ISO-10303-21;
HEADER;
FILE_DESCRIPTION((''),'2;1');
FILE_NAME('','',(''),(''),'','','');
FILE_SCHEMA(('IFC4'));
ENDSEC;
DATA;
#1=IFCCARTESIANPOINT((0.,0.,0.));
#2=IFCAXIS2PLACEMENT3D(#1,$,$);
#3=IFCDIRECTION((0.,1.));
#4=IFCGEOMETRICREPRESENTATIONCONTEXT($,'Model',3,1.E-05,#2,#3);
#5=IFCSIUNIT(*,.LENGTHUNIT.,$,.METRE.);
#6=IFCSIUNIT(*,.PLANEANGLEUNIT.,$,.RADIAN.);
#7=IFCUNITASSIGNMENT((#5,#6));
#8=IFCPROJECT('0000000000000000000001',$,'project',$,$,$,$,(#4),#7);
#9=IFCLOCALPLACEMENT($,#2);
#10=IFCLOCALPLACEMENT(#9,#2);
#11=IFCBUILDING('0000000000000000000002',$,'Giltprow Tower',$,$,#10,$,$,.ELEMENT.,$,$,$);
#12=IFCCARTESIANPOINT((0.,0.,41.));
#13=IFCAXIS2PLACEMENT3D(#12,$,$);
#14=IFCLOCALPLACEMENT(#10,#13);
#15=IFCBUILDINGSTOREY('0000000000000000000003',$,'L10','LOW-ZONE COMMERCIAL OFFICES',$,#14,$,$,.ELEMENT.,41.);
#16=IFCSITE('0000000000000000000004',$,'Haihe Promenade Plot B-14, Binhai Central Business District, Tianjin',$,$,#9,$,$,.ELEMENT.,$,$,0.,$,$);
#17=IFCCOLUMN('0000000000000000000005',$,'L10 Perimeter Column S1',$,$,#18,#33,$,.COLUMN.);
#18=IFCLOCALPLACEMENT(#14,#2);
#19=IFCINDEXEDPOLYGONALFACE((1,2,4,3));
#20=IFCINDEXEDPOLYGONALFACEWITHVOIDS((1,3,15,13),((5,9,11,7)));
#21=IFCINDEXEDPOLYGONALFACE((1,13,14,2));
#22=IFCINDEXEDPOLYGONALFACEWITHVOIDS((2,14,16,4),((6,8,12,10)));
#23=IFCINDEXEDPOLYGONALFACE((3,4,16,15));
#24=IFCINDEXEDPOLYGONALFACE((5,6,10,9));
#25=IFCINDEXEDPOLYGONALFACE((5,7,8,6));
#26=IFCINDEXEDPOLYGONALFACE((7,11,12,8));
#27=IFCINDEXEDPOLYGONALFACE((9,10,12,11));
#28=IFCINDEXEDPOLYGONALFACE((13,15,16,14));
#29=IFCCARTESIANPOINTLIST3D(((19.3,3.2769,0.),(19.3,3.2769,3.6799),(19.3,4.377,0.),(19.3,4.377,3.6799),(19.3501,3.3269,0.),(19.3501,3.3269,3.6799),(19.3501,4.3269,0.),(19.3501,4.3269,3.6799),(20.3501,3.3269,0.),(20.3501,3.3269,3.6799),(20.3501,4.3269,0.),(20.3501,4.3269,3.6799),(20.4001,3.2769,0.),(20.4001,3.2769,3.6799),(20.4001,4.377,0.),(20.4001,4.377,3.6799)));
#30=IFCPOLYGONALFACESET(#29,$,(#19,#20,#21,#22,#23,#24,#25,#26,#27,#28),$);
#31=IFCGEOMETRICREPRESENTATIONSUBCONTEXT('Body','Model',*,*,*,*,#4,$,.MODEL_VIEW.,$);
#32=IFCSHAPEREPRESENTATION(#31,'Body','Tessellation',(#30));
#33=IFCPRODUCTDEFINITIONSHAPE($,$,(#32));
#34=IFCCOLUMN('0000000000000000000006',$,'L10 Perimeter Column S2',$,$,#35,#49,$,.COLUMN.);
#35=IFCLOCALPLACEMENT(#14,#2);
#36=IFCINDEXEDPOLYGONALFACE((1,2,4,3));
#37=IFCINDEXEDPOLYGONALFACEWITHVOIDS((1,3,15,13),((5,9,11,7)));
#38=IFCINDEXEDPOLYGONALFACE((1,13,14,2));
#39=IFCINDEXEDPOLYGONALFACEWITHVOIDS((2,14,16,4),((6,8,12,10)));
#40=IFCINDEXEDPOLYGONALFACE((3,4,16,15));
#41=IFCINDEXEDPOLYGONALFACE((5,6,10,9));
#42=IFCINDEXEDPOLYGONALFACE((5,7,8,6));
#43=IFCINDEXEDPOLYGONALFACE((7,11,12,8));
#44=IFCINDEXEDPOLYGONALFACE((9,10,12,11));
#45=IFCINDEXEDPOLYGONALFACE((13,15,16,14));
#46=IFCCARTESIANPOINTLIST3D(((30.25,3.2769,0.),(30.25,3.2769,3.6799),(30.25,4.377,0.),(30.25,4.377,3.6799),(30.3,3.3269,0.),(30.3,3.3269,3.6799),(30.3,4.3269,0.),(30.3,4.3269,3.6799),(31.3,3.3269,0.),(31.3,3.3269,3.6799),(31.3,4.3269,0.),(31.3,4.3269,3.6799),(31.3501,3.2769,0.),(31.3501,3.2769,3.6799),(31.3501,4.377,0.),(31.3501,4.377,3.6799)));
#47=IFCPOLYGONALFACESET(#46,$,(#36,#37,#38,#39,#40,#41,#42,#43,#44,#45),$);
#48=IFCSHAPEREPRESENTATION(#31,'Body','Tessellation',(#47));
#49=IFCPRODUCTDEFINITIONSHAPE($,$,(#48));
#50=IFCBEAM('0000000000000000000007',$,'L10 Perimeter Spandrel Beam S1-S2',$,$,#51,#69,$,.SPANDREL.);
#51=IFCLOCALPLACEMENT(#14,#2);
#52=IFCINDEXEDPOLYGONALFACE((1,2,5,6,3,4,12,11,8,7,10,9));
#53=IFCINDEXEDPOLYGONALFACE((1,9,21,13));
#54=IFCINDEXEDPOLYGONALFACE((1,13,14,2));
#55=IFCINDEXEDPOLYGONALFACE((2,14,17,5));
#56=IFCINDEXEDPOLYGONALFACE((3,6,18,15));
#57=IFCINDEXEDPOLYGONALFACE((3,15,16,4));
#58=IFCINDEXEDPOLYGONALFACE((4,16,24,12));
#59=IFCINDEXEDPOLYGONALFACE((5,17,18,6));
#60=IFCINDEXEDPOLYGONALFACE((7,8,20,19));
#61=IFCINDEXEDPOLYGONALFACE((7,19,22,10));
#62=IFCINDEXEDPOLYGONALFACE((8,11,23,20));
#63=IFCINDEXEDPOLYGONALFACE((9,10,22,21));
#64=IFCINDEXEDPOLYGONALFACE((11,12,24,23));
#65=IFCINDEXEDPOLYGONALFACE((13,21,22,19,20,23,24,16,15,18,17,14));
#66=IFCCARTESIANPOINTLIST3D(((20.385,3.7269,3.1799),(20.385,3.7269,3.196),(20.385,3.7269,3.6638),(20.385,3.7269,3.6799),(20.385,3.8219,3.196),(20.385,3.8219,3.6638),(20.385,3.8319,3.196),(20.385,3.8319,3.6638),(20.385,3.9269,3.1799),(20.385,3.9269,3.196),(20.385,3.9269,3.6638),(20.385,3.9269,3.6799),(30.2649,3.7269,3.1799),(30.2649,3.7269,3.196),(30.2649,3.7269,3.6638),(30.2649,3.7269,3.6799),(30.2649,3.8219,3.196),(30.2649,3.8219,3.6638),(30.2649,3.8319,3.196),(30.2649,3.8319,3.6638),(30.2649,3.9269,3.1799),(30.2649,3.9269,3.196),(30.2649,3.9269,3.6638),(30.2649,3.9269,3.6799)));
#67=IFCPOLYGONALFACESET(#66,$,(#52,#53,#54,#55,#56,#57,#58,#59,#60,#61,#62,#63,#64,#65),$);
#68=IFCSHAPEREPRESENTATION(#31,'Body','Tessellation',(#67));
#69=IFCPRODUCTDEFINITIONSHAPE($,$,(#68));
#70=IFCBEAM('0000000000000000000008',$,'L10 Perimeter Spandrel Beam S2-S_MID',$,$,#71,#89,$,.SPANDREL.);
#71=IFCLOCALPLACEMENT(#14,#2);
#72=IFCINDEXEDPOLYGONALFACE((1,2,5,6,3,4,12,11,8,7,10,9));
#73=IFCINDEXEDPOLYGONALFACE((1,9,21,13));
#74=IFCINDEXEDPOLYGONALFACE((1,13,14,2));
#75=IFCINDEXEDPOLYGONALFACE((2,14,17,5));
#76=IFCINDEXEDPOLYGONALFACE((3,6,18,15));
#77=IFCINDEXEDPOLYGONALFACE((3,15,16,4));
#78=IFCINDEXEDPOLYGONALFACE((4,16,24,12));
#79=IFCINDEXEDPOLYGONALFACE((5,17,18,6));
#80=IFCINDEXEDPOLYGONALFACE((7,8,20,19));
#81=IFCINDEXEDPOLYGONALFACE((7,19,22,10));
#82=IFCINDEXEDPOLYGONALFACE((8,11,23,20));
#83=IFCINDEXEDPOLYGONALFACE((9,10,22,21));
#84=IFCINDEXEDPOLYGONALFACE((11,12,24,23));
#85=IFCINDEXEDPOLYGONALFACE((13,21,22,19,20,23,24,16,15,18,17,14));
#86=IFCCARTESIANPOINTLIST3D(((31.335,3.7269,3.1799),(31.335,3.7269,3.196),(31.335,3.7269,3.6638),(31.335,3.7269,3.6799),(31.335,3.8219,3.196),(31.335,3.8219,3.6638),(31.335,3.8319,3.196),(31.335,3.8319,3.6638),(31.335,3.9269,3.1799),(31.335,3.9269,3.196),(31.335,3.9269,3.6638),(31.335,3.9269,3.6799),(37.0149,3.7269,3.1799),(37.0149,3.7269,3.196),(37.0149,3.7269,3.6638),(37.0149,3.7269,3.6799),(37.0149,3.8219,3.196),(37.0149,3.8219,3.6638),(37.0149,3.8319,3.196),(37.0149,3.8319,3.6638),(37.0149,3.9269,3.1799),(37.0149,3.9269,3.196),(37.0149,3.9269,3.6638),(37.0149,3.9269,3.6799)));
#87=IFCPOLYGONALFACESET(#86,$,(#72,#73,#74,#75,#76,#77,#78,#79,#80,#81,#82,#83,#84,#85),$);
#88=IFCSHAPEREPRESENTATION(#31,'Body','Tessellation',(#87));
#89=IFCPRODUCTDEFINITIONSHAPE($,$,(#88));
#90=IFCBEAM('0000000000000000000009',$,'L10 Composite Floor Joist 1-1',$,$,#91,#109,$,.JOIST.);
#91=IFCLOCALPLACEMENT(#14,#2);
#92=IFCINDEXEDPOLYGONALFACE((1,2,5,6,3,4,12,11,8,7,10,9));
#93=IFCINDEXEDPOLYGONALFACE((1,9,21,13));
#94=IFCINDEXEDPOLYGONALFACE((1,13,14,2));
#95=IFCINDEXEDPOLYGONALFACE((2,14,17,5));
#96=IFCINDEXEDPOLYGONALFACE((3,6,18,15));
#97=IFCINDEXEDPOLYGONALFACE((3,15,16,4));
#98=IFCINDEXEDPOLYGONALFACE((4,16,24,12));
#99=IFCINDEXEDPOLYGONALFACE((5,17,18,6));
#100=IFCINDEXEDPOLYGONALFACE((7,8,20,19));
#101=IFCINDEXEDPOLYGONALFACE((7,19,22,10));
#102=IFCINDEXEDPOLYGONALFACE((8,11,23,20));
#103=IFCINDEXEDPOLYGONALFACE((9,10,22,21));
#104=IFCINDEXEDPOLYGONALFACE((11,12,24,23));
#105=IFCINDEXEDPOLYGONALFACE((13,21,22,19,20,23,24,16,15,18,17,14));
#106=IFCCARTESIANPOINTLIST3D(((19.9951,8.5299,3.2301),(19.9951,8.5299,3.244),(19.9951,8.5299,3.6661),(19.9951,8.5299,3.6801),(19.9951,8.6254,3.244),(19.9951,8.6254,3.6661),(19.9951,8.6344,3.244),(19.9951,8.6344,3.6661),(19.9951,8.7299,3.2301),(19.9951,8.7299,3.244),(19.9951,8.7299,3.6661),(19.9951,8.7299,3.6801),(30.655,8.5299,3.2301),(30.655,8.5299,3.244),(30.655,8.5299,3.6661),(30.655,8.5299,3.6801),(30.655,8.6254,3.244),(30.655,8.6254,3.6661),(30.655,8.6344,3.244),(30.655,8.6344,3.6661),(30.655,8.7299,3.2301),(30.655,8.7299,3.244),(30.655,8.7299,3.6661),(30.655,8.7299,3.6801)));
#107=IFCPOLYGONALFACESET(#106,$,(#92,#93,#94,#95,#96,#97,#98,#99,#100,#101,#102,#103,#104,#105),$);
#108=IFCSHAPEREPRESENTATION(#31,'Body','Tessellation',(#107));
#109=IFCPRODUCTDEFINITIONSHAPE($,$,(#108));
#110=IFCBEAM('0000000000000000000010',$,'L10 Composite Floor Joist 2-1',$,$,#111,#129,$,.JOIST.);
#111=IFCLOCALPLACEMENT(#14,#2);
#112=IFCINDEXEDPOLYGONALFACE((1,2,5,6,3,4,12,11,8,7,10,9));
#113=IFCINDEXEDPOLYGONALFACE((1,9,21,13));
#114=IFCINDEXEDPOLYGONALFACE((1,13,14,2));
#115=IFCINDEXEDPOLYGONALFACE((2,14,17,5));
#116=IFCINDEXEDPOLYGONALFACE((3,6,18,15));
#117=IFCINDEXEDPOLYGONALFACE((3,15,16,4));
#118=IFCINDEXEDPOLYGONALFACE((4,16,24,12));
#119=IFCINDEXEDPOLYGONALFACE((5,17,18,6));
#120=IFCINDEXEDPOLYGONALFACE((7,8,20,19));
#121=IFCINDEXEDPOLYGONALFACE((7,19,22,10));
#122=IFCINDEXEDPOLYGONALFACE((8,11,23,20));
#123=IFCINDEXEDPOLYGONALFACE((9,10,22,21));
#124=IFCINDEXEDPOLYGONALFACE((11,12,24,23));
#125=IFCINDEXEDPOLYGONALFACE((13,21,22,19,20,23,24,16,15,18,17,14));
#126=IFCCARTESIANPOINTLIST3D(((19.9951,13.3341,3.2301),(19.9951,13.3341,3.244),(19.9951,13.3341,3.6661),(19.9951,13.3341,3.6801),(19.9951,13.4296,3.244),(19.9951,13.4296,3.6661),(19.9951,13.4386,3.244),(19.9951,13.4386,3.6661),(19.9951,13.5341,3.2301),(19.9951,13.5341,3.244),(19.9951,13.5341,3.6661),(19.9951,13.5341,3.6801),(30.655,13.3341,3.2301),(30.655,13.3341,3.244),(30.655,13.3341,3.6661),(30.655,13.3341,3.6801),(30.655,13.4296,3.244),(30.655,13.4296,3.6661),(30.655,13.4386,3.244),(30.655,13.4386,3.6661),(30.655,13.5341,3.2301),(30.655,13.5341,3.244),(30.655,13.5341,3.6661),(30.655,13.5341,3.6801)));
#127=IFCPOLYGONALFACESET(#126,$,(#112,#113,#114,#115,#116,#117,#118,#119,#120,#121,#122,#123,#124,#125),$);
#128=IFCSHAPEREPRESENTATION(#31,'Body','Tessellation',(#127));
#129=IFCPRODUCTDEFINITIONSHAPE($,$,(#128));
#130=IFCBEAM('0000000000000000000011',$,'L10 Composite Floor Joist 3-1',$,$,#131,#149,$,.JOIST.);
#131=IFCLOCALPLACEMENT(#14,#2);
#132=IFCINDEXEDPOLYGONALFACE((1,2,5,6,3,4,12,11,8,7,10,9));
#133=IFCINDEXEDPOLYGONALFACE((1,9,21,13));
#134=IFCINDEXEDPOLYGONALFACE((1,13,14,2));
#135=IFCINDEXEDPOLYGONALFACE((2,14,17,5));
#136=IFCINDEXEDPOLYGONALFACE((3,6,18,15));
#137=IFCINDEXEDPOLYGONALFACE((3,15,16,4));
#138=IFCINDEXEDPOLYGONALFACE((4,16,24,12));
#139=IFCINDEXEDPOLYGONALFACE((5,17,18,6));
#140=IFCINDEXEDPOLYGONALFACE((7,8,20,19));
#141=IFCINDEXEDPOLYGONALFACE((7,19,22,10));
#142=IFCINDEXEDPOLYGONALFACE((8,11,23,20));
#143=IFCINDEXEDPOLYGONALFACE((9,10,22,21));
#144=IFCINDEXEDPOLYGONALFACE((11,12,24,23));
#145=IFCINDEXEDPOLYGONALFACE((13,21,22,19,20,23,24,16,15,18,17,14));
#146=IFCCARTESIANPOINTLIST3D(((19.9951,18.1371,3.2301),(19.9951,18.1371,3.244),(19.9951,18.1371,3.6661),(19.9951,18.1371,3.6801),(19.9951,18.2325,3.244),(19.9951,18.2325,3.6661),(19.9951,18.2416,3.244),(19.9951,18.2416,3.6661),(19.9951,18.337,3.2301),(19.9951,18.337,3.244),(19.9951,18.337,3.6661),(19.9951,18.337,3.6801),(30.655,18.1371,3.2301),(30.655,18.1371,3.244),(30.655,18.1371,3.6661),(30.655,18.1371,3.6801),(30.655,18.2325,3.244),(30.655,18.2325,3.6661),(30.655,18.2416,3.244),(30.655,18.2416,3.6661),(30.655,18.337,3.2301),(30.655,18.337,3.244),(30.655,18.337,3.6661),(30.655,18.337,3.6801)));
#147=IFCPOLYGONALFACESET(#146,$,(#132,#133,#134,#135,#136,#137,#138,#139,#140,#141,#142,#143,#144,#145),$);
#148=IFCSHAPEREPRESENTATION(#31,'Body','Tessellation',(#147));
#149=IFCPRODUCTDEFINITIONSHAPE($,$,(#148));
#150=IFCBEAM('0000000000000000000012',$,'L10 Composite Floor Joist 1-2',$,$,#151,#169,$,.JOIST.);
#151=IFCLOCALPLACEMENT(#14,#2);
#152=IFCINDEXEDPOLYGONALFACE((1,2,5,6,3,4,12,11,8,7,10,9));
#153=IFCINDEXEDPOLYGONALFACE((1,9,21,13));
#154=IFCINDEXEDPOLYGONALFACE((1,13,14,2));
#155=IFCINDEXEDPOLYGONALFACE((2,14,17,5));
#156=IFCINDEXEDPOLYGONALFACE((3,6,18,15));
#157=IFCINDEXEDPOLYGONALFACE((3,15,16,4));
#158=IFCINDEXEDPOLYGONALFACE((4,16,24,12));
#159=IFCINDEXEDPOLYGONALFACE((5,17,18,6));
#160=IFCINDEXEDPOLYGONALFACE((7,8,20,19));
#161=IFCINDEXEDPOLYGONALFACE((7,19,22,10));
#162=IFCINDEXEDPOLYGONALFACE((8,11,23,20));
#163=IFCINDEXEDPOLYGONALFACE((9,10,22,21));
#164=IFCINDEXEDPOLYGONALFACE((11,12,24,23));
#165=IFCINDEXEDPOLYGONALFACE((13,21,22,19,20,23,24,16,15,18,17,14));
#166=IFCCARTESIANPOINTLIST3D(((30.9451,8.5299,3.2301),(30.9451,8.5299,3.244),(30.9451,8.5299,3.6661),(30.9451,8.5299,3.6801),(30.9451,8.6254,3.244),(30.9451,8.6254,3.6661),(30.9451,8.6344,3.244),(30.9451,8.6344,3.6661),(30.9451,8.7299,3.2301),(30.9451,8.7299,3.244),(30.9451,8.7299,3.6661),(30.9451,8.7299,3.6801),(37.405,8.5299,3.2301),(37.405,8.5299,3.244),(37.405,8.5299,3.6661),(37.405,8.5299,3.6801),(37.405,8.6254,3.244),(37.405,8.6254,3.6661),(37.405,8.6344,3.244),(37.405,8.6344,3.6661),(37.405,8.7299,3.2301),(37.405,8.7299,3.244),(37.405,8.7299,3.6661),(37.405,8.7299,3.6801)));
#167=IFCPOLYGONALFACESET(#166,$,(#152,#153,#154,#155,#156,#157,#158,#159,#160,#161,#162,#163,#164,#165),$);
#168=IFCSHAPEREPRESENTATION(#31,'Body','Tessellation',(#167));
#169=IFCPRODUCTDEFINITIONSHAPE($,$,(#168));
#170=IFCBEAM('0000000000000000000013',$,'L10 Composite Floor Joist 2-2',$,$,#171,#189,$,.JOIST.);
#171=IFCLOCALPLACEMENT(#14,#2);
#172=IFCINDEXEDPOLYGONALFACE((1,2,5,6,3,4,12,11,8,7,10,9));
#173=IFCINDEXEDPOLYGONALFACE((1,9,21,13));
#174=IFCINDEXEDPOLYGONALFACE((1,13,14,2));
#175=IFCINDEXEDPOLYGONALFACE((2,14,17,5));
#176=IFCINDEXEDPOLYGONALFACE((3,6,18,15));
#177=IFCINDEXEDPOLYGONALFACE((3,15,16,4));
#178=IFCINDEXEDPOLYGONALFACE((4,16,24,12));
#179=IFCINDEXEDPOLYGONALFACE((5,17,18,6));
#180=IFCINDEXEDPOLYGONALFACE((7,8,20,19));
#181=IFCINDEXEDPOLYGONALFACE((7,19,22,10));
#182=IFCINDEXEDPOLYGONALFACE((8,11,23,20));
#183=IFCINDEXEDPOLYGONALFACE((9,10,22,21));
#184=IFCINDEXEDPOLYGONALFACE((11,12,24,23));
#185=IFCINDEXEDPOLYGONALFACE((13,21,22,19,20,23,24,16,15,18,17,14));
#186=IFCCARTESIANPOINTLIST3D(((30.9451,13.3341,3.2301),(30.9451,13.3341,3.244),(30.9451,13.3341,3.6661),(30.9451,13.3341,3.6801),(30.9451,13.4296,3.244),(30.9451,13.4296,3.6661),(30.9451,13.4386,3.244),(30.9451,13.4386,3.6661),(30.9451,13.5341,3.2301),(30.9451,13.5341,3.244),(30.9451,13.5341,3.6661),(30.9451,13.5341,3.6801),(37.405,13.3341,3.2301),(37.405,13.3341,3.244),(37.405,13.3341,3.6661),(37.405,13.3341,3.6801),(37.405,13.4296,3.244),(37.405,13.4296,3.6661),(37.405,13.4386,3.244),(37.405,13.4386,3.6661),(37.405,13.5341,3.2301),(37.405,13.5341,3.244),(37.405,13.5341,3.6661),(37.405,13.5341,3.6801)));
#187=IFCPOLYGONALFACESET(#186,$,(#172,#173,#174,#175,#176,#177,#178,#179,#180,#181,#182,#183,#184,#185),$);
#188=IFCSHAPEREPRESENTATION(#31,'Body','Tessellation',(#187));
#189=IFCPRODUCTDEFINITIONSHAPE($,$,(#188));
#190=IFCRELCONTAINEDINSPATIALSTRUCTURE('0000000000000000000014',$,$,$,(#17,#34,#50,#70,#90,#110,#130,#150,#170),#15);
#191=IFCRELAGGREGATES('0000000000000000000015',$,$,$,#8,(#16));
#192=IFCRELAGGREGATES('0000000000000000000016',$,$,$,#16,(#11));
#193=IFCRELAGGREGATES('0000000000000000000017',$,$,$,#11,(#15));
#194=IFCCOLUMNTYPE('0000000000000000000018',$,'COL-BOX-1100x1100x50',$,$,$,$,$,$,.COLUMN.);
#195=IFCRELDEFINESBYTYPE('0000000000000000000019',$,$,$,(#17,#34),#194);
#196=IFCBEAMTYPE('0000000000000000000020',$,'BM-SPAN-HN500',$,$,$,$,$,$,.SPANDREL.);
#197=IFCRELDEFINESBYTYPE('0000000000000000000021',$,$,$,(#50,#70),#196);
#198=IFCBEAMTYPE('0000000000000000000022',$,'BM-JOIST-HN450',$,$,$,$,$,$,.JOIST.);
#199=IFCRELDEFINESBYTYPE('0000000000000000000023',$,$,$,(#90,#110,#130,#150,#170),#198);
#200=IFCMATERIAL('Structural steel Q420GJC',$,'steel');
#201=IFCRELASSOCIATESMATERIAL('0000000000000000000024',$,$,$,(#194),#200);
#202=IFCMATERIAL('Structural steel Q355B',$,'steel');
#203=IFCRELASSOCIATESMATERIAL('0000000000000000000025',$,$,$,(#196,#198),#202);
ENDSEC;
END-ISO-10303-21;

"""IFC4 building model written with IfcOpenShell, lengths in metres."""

from ifc_helpers import new_model, si_unit, direction, frame, origin, origin_2d, place, context, subcontext, project, spatial, hollow_rectangle, i_section, extrude, source, transform, mapped, material, material_profile, profile_set, type_object, element, save


model = new_model("IFC4")

# Units and contexts
model_context = context("Model", 3, precision=1e-05, world=origin(), true_north=direction((0.0, 1.0)))
body_context = subcontext(model_context, "Body", "Model", "MODEL_VIEW")
ifc_project = project(units=[si_unit("LENGTHUNIT", "METRE"), si_unit("PLANEANGLEUNIT", "RADIAN")], contexts=[model_context])

# Site, building, storey
site_placement = place(None, origin())
site = spatial("IfcSite", under=ifc_project, at=site_placement, Name="Haihe Promenade Plot B-14, Binhai Central Business District, Tianjin", CompositionType="ELEMENT", RefElevation=0.0)
building_placement = place(site_placement, origin())
building = spatial("IfcBuilding", under=site, at=building_placement, Name="Giltprow Tower", CompositionType="ELEMENT")
storey_placement = place(building_placement, frame((0.0, 0.0, 41.0)))
storey = spatial("IfcBuildingStorey", under=building, at=storey_placement, Name="L10", Description="LOW-ZONE COMMERCIAL OFFICES", CompositionType="ELEMENT", Elevation=41.0)

# Columns
ifc_material_1 = material(Name="Structural steel Q420GJC", Category="steel")
ifc_material_profile_1 = material_profile(ifc_material_1, hollow_rectangle(XDim=1.1001, YDim=1.1001, WallThickness=0.05, at=origin_2d()), Name="BOX 1100x1100x50")
ifc_profile_set_1 = profile_set([ifc_material_profile_1], Name="Structural steel Q420GJC")
column_type = type_object("IfcColumnType", Name="COL-BOX-1100x1100x50", PredefinedType="COLUMN", material=ifc_profile_set_1)
shared_shape_1 = source(origin(), body_context, "Body", "SweptSolid", [
    extrude(hollow_rectangle(XDim=1.1001, YDim=1.1001, WallThickness=0.05, at=origin_2d()), origin(), (0.0, 0.0, 1.0), 3.6799),
])
for number, where, z_axis, x_axis, name in (
    (1, (19.8501, 3.8269, 0.0), (0.0, 0.0, 1.0), (1.0, 0.0, 0.0), "L10 Perimeter Column S1"),
    (2, (30.8, 3.8269, 0.0), (0.0, 0.0, 1.0), (1.0, 0.0, 0.0), "L10 Perimeter Column S2"),
):
    element("IfcColumn", number, at=place(storey_placement, frame(where, z_axis=z_axis, x_axis=x_axis)), inside=storey, type_object=column_type, Name=name, PredefinedType="COLUMN", context=body_context, shape_type="MappedRepresentation", body=[
        mapped(shared_shape_1, transform((0.0, 0.0, 0.0), x_axis=(1.0, 0.0, 0.0), y_axis=(0.0, 1.0, 0.0), z_axis=(0.0, 0.0, 1.0), scale=1.0)),
    ])

# Beams
ifc_material_2 = material(Name="Structural steel Q355B", Category="steel")
ifc_material_profile_2 = material_profile(ifc_material_2, i_section(OverallWidth=0.2, OverallDepth=0.5, WebThickness=0.01, FlangeThickness=0.0161, at=origin_2d()), Name="HN 500x200x10x16")
ifc_profile_set_2 = profile_set([ifc_material_profile_2], Name="Structural steel Q355B")
beam_type_1 = type_object("IfcBeamType", Name="BM-SPAN-HN500", PredefinedType="SPANDREL", material=ifc_profile_set_2)
shared_shape_2 = source(origin(), body_context, "Body", "SweptSolid", [
    extrude(i_section(OverallWidth=0.2, OverallDepth=0.5, WebThickness=0.01, FlangeThickness=0.0161, at=origin_2d()), origin(), (0.0, 0.0, 1.0), 9.8799),
])
beam_1_placement = place(storey_placement, frame((20.385, 3.8269, 3.4299), z_axis=(1.0, 0.0, 0.0), x_axis=(0.0, 1.0, 0.0)))
element("IfcBeam", 3, at=beam_1_placement, inside=storey, type_object=beam_type_1, Name="L10 Perimeter Spandrel Beam S1-S2", PredefinedType="SPANDREL", context=body_context, shape_type="MappedRepresentation", body=[
    mapped(shared_shape_2, transform((0.0, 0.0, 0.0), x_axis=(1.0, 0.0, 0.0), y_axis=(0.0, 1.0, 0.0), z_axis=(0.0, 0.0, 1.0), scale=1.0)),
])
shared_shape_3 = source(origin(), body_context, "Body", "SweptSolid", [
    extrude(i_section(OverallWidth=0.2, OverallDepth=0.5, WebThickness=0.01, FlangeThickness=0.0161, at=origin_2d()), origin(), (0.0, 0.0, 1.0), 5.6799),
])
beam_2_placement = place(storey_placement, frame((31.335, 3.8269, 3.4299), z_axis=(1.0, 0.0, 0.0), x_axis=(0.0, 1.0, 0.0)))
element("IfcBeam", 4, at=beam_2_placement, inside=storey, type_object=beam_type_1, Name="L10 Perimeter Spandrel Beam S2-S_MID", PredefinedType="SPANDREL", context=body_context, shape_type="MappedRepresentation", body=[
    mapped(shared_shape_3, transform((0.0, 0.0, 0.0), x_axis=(1.0, 0.0, 0.0), y_axis=(0.0, 1.0, 0.0), z_axis=(0.0, 0.0, 1.0), scale=1.0)),
])
ifc_material_profile_3 = material_profile(ifc_material_2, i_section(OverallWidth=0.2, OverallDepth=0.45, WebThickness=0.009, FlangeThickness=0.0139, at=origin_2d()), Name="HN 450x200x9x14")
ifc_profile_set_3 = profile_set([ifc_material_profile_3], Name="Structural steel Q355B")
beam_type_2 = type_object("IfcBeamType", Name="BM-JOIST-HN450", PredefinedType="JOIST", material=ifc_profile_set_3)
shared_shape_4 = source(origin(), body_context, "Body", "SweptSolid", [
    extrude(i_section(OverallWidth=0.2, OverallDepth=0.45, WebThickness=0.009, FlangeThickness=0.0139, at=origin_2d()), origin(), (0.0, 0.0, 1.0), 10.6599),
])
for number, where, z_axis, x_axis, name in (
    (5, (19.9951, 8.6299, 3.4551), (1.0, 0.0, 0.0), (0.0, 1.0, 0.0), "L10 Composite Floor Joist 1-1"),
    (6, (19.9951, 13.4341, 3.4551), (1.0, 0.0, 0.0), (0.0, 1.0, 0.0), "L10 Composite Floor Joist 2-1"),
    (7, (19.9951, 18.2371, 3.4551), (1.0, 0.0, 0.0), (0.0, 1.0, 0.0), "L10 Composite Floor Joist 3-1"),
):
    element("IfcBeam", number, at=place(storey_placement, frame(where, z_axis=z_axis, x_axis=x_axis)), inside=storey, type_object=beam_type_2, Name=name, PredefinedType="JOIST", context=body_context, shape_type="MappedRepresentation", body=[
        mapped(shared_shape_4, transform((0.0, 0.0, 0.0), x_axis=(1.0, 0.0, 0.0), y_axis=(0.0, 1.0, 0.0), z_axis=(0.0, 0.0, 1.0), scale=1.0)),
    ])
shared_shape_5 = source(origin(), body_context, "Body", "SweptSolid", [
    extrude(i_section(OverallWidth=0.2, OverallDepth=0.45, WebThickness=0.009, FlangeThickness=0.0139, at=origin_2d()), origin(), (0.0, 0.0, 1.0), 6.46),
])
for number, where, z_axis, x_axis, name in (
    (8, (30.9451, 8.6299, 3.4551), (1.0, 0.0, 0.0), (0.0, 1.0, 0.0), "L10 Composite Floor Joist 1-2"),
    (9, (30.9451, 13.4341, 3.4551), (1.0, 0.0, 0.0), (0.0, 1.0, 0.0), "L10 Composite Floor Joist 2-2"),
):
    element("IfcBeam", number, at=place(storey_placement, frame(where, z_axis=z_axis, x_axis=x_axis)), inside=storey, type_object=beam_type_2, Name=name, PredefinedType="JOIST", context=body_context, shape_type="MappedRepresentation", body=[
        mapped(shared_shape_5, transform((0.0, 0.0, 0.0), x_axis=(1.0, 0.0, 0.0), y_axis=(0.0, 1.0, 0.0), z_axis=(0.0, 0.0, 1.0), scale=1.0)),
    ])

save(model, "model.ifc")
